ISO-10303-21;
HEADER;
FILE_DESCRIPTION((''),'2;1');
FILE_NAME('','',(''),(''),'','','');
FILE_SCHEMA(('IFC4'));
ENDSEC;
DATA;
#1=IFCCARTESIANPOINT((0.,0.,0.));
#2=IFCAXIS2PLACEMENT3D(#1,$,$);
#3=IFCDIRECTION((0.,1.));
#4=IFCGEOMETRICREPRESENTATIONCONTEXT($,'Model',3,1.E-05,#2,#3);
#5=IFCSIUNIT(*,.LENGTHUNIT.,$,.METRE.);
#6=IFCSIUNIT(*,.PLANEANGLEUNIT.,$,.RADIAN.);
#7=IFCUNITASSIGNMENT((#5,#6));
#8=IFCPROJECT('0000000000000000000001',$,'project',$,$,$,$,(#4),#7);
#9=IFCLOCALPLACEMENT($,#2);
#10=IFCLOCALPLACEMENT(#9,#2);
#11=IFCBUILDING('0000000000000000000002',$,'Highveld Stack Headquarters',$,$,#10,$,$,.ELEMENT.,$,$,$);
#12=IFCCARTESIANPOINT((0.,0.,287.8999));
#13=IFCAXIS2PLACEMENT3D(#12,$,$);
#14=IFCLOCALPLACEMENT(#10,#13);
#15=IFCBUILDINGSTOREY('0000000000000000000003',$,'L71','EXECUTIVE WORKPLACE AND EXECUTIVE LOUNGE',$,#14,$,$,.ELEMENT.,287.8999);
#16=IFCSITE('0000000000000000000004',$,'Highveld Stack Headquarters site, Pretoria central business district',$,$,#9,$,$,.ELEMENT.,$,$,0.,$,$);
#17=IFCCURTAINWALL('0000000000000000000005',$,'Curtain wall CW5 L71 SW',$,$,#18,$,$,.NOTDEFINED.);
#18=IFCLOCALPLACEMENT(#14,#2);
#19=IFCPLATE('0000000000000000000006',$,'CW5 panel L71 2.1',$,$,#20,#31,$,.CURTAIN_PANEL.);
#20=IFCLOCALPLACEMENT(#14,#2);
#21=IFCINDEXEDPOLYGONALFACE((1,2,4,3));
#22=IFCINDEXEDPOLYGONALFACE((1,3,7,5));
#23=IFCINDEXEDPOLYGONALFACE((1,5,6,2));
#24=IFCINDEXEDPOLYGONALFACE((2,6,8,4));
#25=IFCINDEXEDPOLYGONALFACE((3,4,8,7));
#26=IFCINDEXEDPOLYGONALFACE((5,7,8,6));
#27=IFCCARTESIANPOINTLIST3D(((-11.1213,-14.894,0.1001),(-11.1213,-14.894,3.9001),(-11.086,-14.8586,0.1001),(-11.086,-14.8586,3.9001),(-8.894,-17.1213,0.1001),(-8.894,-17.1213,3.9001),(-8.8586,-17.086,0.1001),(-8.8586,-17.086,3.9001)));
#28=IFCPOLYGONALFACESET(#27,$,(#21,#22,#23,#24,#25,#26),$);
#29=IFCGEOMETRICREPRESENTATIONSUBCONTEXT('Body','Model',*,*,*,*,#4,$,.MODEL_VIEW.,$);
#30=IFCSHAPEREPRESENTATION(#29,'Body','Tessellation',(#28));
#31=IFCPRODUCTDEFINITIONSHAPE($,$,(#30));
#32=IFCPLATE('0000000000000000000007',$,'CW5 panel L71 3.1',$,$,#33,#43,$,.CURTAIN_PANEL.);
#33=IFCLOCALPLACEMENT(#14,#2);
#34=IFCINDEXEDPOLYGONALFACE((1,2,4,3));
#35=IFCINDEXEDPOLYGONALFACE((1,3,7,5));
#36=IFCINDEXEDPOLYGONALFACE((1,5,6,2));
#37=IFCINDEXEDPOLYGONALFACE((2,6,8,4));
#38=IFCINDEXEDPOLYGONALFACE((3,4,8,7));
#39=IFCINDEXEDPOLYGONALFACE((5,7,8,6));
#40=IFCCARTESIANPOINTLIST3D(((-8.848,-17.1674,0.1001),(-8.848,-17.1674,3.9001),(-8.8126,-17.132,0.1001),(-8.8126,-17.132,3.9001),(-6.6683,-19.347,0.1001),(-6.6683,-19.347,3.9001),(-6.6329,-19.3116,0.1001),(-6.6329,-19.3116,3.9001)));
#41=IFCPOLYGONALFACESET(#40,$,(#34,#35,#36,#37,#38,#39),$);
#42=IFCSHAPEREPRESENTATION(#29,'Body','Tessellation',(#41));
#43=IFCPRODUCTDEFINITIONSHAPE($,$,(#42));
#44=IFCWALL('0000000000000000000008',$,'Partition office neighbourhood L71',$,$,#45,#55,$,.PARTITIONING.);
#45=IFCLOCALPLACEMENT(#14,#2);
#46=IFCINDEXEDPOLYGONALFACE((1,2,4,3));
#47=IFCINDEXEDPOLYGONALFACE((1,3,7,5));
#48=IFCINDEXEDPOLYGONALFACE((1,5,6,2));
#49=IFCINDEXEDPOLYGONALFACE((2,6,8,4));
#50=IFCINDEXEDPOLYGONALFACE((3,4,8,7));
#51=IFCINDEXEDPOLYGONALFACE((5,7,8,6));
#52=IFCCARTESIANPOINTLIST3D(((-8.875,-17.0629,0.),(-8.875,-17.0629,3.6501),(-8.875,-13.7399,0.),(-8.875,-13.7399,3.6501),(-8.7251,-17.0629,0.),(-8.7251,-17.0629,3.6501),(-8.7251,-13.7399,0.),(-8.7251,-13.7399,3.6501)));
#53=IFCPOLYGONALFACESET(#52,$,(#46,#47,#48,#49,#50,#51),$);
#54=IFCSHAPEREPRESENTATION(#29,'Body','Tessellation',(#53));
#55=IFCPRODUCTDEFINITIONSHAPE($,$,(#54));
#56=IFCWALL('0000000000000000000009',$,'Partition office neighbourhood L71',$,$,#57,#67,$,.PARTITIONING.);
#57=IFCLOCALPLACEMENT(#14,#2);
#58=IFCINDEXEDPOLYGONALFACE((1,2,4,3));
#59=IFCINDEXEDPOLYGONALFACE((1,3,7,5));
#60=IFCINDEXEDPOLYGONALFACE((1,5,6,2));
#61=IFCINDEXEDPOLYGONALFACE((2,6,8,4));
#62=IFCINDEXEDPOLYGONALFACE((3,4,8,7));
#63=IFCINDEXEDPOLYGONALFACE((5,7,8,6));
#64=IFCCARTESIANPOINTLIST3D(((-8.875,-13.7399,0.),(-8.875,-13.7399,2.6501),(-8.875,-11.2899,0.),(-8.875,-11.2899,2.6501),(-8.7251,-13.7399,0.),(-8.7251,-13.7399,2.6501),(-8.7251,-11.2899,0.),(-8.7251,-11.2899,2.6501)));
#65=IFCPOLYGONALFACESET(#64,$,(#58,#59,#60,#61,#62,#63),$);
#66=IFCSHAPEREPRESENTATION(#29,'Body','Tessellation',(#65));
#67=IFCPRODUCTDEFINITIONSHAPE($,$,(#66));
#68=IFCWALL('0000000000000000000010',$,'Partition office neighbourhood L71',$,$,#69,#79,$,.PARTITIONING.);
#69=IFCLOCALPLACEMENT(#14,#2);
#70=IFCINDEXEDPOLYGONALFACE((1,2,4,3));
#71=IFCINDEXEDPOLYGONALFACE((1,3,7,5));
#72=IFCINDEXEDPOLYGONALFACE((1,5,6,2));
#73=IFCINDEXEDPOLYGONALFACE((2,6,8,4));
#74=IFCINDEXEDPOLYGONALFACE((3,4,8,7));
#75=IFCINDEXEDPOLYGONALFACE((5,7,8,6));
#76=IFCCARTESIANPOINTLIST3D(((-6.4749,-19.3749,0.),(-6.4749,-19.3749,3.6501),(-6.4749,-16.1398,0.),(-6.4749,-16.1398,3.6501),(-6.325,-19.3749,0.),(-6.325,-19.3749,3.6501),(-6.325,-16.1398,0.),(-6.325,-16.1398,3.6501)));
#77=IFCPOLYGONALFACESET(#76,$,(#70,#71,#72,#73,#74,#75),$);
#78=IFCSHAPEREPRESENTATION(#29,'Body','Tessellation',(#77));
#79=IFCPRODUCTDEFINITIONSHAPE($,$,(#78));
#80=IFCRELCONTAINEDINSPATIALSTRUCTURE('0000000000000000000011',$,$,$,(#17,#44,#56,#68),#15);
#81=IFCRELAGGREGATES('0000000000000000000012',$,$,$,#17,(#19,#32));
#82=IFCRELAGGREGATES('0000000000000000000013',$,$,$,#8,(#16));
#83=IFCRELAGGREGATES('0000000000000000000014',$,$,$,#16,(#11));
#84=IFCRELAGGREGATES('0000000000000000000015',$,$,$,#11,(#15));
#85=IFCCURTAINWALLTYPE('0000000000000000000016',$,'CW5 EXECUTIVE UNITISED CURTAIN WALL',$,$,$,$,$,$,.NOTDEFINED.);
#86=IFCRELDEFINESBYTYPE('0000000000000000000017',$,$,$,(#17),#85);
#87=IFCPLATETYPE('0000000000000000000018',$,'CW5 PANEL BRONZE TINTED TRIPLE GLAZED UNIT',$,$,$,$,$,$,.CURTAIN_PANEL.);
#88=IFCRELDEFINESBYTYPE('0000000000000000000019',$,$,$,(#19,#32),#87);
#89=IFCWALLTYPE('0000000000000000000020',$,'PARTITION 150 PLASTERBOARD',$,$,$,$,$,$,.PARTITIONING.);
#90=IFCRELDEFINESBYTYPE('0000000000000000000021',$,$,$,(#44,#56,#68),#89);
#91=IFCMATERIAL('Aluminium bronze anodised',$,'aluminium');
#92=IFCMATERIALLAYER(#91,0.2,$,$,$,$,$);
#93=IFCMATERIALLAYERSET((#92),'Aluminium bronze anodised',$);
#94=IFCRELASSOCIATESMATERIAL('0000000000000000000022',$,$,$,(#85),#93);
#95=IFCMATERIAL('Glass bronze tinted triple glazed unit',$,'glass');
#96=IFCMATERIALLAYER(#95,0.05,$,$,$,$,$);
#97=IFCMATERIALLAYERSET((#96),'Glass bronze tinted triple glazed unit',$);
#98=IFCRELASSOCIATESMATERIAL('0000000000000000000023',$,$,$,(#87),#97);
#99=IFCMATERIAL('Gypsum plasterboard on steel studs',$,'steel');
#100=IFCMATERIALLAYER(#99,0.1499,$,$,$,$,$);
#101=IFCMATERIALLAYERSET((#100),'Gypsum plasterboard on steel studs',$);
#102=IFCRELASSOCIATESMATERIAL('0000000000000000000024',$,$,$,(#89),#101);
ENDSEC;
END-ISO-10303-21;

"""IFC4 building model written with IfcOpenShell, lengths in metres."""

from ifc_helpers import new_model, si_unit, direction, frame, frame_2d, origin, origin_2d, place, context, subcontext, project, spatial, rectangle, extrude, material, layer, layer_set, type_object, element, aggregate, save


model = new_model("IFC4")

# Units and contexts
model_context = context("Model", 3, precision=1e-05, world=origin(), true_north=direction((0.0, 1.0)))
body_context = subcontext(model_context, "Body", "Model", "MODEL_VIEW")
ifc_project = project(units=[si_unit("LENGTHUNIT", "METRE"), si_unit("PLANEANGLEUNIT", "RADIAN")], contexts=[model_context])

# Site, building, storey
site_placement = place(None, origin())
site = spatial("IfcSite", under=ifc_project, at=site_placement, Name="Highveld Stack Headquarters site, Pretoria central business district", CompositionType="ELEMENT", RefElevation=0.0)
building_placement = place(site_placement, origin())
building = spatial("IfcBuilding", under=site, at=building_placement, Name="Highveld Stack Headquarters", CompositionType="ELEMENT")
storey_placement = place(building_placement, frame((0.0, 0.0, 287.8999)))
storey = spatial("IfcBuildingStorey", under=building, at=storey_placement, Name="L71", Description="EXECUTIVE WORKPLACE AND EXECUTIVE LOUNGE", CompositionType="ELEMENT", Elevation=287.8999)

# Shared definitions
ifc_material_1 = material(Name="Aluminium bronze anodised", Category="aluminium")
ifc_layer_1 = layer(ifc_material_1, 0.2)
ifc_layer_set_1 = layer_set([ifc_layer_1], Name="Aluminium bronze anodised")
curtain_wall_type = type_object("IfcCurtainWallType", Name="CW5 EXECUTIVE UNITISED CURTAIN WALL", PredefinedType="NOTDEFINED", material=ifc_layer_set_1)

# Curtain wall
curtain_wall_1_placement = place(storey_placement, origin())
curtain_wall_1 = element("IfcCurtainWall", 1, at=curtain_wall_1_placement, inside=storey, type_object=curtain_wall_type, Name="Curtain wall CW5 L71 SW", PredefinedType="NOTDEFINED")

# Plates
ifc_material_2 = material(Name="Glass bronze tinted triple glazed unit", Category="glass")
ifc_layer_2 = layer(ifc_material_2, 0.05)
ifc_layer_set_2 = layer_set([ifc_layer_2], Name="Glass bronze tinted triple glazed unit")
plate_type = type_object("IfcPlateType", Name="CW5 PANEL BRONZE TINTED TRIPLE GLAZED UNIT", PredefinedType="CURTAIN_PANEL", material=ifc_layer_set_2)
plate_1_placement = place(storey_placement, frame((-9.99, -15.99, 0.1001), z_axis=(0.0, 0.0, 1.0), x_axis=(0.707107, -0.707107, 0.0)))
plate_1 = element("IfcPlate", 2, at=plate_1_placement, type_object=plate_type, Name="CW5 panel L71 2.1", PredefinedType="CURTAIN_PANEL", context=body_context, shape_type="SweptSolid", body=[
    extrude(rectangle(XDim=3.1499, YDim=0.05, at=origin_2d()), origin(), (0.0, 0.0, 1.0), 3.8),
])
plate_2_placement = place(storey_placement, frame((-7.7405, -18.2395, 0.1001), z_axis=(0.0, 0.0, 1.0), x_axis=(0.707107, -0.707107, 0.0)))
plate_2 = element("IfcPlate", 3, at=plate_2_placement, type_object=plate_type, Name="CW5 panel L71 3.1", PredefinedType="CURTAIN_PANEL", context=body_context, shape_type="SweptSolid", body=[
    extrude(rectangle(XDim=3.0825, YDim=0.05, at=origin_2d()), origin(), (0.0, 0.0, 1.0), 3.8),
])
aggregate(curtain_wall_1, [plate_1, plate_2])

# Walls
ifc_material_3 = material(Name="Gypsum plasterboard on steel studs", Category="steel")
ifc_layer_3 = layer(ifc_material_3, 0.1499)
ifc_layer_set_3 = layer_set([ifc_layer_3], Name="Gypsum plasterboard on steel studs")
wall_type = type_object("IfcWallType", Name="PARTITION 150 PLASTERBOARD", PredefinedType="PARTITIONING", material=ifc_layer_set_3)
wall_1_placement = place(storey_placement, frame((-8.8, -17.063, 0.0), z_axis=(0.0, 0.0, 1.0), x_axis=(0.0, 1.0, 0.0)))
element("IfcWall", 4, at=wall_1_placement, inside=storey, type_object=wall_type, Name="Partition office neighbourhood L71", PredefinedType="PARTITIONING", context=body_context, shape_type="SweptSolid", body=[
    extrude(rectangle(XDim=3.323, YDim=0.1499, at=frame_2d((1.6616, 0.0))), origin(), (0.0, 0.0, 1.0), 3.6501),
])
wall_2_placement = place(storey_placement, frame((-8.8, -13.74, 0.0), z_axis=(0.0, 0.0, 1.0), x_axis=(0.0, 1.0, 0.0)))
element("IfcWall", 5, at=wall_2_placement, inside=storey, type_object=wall_type, Name="Partition office neighbourhood L71", PredefinedType="PARTITIONING", context=body_context, shape_type="SweptSolid", body=[
    extrude(rectangle(XDim=2.45, YDim=0.1499, at=frame_2d((1.2251, 0.0))), origin(), (0.0, 0.0, 1.0), 2.6501),
])
wall_3_placement = place(storey_placement, frame((-6.3999, -19.375, 0.0), z_axis=(0.0, 0.0, 1.0), x_axis=(0.0, 1.0, 0.0)))
element("IfcWall", 6, at=wall_3_placement, inside=storey, type_object=wall_type, Name="Partition office neighbourhood L71", PredefinedType="PARTITIONING", context=body_context, shape_type="SweptSolid", body=[
    extrude(rectangle(XDim=3.2351, YDim=0.1499, at=frame_2d((1.6177, 0.0))), origin(), (0.0, 0.0, 1.0), 3.6501),
])

save(model, "model.ifc")
